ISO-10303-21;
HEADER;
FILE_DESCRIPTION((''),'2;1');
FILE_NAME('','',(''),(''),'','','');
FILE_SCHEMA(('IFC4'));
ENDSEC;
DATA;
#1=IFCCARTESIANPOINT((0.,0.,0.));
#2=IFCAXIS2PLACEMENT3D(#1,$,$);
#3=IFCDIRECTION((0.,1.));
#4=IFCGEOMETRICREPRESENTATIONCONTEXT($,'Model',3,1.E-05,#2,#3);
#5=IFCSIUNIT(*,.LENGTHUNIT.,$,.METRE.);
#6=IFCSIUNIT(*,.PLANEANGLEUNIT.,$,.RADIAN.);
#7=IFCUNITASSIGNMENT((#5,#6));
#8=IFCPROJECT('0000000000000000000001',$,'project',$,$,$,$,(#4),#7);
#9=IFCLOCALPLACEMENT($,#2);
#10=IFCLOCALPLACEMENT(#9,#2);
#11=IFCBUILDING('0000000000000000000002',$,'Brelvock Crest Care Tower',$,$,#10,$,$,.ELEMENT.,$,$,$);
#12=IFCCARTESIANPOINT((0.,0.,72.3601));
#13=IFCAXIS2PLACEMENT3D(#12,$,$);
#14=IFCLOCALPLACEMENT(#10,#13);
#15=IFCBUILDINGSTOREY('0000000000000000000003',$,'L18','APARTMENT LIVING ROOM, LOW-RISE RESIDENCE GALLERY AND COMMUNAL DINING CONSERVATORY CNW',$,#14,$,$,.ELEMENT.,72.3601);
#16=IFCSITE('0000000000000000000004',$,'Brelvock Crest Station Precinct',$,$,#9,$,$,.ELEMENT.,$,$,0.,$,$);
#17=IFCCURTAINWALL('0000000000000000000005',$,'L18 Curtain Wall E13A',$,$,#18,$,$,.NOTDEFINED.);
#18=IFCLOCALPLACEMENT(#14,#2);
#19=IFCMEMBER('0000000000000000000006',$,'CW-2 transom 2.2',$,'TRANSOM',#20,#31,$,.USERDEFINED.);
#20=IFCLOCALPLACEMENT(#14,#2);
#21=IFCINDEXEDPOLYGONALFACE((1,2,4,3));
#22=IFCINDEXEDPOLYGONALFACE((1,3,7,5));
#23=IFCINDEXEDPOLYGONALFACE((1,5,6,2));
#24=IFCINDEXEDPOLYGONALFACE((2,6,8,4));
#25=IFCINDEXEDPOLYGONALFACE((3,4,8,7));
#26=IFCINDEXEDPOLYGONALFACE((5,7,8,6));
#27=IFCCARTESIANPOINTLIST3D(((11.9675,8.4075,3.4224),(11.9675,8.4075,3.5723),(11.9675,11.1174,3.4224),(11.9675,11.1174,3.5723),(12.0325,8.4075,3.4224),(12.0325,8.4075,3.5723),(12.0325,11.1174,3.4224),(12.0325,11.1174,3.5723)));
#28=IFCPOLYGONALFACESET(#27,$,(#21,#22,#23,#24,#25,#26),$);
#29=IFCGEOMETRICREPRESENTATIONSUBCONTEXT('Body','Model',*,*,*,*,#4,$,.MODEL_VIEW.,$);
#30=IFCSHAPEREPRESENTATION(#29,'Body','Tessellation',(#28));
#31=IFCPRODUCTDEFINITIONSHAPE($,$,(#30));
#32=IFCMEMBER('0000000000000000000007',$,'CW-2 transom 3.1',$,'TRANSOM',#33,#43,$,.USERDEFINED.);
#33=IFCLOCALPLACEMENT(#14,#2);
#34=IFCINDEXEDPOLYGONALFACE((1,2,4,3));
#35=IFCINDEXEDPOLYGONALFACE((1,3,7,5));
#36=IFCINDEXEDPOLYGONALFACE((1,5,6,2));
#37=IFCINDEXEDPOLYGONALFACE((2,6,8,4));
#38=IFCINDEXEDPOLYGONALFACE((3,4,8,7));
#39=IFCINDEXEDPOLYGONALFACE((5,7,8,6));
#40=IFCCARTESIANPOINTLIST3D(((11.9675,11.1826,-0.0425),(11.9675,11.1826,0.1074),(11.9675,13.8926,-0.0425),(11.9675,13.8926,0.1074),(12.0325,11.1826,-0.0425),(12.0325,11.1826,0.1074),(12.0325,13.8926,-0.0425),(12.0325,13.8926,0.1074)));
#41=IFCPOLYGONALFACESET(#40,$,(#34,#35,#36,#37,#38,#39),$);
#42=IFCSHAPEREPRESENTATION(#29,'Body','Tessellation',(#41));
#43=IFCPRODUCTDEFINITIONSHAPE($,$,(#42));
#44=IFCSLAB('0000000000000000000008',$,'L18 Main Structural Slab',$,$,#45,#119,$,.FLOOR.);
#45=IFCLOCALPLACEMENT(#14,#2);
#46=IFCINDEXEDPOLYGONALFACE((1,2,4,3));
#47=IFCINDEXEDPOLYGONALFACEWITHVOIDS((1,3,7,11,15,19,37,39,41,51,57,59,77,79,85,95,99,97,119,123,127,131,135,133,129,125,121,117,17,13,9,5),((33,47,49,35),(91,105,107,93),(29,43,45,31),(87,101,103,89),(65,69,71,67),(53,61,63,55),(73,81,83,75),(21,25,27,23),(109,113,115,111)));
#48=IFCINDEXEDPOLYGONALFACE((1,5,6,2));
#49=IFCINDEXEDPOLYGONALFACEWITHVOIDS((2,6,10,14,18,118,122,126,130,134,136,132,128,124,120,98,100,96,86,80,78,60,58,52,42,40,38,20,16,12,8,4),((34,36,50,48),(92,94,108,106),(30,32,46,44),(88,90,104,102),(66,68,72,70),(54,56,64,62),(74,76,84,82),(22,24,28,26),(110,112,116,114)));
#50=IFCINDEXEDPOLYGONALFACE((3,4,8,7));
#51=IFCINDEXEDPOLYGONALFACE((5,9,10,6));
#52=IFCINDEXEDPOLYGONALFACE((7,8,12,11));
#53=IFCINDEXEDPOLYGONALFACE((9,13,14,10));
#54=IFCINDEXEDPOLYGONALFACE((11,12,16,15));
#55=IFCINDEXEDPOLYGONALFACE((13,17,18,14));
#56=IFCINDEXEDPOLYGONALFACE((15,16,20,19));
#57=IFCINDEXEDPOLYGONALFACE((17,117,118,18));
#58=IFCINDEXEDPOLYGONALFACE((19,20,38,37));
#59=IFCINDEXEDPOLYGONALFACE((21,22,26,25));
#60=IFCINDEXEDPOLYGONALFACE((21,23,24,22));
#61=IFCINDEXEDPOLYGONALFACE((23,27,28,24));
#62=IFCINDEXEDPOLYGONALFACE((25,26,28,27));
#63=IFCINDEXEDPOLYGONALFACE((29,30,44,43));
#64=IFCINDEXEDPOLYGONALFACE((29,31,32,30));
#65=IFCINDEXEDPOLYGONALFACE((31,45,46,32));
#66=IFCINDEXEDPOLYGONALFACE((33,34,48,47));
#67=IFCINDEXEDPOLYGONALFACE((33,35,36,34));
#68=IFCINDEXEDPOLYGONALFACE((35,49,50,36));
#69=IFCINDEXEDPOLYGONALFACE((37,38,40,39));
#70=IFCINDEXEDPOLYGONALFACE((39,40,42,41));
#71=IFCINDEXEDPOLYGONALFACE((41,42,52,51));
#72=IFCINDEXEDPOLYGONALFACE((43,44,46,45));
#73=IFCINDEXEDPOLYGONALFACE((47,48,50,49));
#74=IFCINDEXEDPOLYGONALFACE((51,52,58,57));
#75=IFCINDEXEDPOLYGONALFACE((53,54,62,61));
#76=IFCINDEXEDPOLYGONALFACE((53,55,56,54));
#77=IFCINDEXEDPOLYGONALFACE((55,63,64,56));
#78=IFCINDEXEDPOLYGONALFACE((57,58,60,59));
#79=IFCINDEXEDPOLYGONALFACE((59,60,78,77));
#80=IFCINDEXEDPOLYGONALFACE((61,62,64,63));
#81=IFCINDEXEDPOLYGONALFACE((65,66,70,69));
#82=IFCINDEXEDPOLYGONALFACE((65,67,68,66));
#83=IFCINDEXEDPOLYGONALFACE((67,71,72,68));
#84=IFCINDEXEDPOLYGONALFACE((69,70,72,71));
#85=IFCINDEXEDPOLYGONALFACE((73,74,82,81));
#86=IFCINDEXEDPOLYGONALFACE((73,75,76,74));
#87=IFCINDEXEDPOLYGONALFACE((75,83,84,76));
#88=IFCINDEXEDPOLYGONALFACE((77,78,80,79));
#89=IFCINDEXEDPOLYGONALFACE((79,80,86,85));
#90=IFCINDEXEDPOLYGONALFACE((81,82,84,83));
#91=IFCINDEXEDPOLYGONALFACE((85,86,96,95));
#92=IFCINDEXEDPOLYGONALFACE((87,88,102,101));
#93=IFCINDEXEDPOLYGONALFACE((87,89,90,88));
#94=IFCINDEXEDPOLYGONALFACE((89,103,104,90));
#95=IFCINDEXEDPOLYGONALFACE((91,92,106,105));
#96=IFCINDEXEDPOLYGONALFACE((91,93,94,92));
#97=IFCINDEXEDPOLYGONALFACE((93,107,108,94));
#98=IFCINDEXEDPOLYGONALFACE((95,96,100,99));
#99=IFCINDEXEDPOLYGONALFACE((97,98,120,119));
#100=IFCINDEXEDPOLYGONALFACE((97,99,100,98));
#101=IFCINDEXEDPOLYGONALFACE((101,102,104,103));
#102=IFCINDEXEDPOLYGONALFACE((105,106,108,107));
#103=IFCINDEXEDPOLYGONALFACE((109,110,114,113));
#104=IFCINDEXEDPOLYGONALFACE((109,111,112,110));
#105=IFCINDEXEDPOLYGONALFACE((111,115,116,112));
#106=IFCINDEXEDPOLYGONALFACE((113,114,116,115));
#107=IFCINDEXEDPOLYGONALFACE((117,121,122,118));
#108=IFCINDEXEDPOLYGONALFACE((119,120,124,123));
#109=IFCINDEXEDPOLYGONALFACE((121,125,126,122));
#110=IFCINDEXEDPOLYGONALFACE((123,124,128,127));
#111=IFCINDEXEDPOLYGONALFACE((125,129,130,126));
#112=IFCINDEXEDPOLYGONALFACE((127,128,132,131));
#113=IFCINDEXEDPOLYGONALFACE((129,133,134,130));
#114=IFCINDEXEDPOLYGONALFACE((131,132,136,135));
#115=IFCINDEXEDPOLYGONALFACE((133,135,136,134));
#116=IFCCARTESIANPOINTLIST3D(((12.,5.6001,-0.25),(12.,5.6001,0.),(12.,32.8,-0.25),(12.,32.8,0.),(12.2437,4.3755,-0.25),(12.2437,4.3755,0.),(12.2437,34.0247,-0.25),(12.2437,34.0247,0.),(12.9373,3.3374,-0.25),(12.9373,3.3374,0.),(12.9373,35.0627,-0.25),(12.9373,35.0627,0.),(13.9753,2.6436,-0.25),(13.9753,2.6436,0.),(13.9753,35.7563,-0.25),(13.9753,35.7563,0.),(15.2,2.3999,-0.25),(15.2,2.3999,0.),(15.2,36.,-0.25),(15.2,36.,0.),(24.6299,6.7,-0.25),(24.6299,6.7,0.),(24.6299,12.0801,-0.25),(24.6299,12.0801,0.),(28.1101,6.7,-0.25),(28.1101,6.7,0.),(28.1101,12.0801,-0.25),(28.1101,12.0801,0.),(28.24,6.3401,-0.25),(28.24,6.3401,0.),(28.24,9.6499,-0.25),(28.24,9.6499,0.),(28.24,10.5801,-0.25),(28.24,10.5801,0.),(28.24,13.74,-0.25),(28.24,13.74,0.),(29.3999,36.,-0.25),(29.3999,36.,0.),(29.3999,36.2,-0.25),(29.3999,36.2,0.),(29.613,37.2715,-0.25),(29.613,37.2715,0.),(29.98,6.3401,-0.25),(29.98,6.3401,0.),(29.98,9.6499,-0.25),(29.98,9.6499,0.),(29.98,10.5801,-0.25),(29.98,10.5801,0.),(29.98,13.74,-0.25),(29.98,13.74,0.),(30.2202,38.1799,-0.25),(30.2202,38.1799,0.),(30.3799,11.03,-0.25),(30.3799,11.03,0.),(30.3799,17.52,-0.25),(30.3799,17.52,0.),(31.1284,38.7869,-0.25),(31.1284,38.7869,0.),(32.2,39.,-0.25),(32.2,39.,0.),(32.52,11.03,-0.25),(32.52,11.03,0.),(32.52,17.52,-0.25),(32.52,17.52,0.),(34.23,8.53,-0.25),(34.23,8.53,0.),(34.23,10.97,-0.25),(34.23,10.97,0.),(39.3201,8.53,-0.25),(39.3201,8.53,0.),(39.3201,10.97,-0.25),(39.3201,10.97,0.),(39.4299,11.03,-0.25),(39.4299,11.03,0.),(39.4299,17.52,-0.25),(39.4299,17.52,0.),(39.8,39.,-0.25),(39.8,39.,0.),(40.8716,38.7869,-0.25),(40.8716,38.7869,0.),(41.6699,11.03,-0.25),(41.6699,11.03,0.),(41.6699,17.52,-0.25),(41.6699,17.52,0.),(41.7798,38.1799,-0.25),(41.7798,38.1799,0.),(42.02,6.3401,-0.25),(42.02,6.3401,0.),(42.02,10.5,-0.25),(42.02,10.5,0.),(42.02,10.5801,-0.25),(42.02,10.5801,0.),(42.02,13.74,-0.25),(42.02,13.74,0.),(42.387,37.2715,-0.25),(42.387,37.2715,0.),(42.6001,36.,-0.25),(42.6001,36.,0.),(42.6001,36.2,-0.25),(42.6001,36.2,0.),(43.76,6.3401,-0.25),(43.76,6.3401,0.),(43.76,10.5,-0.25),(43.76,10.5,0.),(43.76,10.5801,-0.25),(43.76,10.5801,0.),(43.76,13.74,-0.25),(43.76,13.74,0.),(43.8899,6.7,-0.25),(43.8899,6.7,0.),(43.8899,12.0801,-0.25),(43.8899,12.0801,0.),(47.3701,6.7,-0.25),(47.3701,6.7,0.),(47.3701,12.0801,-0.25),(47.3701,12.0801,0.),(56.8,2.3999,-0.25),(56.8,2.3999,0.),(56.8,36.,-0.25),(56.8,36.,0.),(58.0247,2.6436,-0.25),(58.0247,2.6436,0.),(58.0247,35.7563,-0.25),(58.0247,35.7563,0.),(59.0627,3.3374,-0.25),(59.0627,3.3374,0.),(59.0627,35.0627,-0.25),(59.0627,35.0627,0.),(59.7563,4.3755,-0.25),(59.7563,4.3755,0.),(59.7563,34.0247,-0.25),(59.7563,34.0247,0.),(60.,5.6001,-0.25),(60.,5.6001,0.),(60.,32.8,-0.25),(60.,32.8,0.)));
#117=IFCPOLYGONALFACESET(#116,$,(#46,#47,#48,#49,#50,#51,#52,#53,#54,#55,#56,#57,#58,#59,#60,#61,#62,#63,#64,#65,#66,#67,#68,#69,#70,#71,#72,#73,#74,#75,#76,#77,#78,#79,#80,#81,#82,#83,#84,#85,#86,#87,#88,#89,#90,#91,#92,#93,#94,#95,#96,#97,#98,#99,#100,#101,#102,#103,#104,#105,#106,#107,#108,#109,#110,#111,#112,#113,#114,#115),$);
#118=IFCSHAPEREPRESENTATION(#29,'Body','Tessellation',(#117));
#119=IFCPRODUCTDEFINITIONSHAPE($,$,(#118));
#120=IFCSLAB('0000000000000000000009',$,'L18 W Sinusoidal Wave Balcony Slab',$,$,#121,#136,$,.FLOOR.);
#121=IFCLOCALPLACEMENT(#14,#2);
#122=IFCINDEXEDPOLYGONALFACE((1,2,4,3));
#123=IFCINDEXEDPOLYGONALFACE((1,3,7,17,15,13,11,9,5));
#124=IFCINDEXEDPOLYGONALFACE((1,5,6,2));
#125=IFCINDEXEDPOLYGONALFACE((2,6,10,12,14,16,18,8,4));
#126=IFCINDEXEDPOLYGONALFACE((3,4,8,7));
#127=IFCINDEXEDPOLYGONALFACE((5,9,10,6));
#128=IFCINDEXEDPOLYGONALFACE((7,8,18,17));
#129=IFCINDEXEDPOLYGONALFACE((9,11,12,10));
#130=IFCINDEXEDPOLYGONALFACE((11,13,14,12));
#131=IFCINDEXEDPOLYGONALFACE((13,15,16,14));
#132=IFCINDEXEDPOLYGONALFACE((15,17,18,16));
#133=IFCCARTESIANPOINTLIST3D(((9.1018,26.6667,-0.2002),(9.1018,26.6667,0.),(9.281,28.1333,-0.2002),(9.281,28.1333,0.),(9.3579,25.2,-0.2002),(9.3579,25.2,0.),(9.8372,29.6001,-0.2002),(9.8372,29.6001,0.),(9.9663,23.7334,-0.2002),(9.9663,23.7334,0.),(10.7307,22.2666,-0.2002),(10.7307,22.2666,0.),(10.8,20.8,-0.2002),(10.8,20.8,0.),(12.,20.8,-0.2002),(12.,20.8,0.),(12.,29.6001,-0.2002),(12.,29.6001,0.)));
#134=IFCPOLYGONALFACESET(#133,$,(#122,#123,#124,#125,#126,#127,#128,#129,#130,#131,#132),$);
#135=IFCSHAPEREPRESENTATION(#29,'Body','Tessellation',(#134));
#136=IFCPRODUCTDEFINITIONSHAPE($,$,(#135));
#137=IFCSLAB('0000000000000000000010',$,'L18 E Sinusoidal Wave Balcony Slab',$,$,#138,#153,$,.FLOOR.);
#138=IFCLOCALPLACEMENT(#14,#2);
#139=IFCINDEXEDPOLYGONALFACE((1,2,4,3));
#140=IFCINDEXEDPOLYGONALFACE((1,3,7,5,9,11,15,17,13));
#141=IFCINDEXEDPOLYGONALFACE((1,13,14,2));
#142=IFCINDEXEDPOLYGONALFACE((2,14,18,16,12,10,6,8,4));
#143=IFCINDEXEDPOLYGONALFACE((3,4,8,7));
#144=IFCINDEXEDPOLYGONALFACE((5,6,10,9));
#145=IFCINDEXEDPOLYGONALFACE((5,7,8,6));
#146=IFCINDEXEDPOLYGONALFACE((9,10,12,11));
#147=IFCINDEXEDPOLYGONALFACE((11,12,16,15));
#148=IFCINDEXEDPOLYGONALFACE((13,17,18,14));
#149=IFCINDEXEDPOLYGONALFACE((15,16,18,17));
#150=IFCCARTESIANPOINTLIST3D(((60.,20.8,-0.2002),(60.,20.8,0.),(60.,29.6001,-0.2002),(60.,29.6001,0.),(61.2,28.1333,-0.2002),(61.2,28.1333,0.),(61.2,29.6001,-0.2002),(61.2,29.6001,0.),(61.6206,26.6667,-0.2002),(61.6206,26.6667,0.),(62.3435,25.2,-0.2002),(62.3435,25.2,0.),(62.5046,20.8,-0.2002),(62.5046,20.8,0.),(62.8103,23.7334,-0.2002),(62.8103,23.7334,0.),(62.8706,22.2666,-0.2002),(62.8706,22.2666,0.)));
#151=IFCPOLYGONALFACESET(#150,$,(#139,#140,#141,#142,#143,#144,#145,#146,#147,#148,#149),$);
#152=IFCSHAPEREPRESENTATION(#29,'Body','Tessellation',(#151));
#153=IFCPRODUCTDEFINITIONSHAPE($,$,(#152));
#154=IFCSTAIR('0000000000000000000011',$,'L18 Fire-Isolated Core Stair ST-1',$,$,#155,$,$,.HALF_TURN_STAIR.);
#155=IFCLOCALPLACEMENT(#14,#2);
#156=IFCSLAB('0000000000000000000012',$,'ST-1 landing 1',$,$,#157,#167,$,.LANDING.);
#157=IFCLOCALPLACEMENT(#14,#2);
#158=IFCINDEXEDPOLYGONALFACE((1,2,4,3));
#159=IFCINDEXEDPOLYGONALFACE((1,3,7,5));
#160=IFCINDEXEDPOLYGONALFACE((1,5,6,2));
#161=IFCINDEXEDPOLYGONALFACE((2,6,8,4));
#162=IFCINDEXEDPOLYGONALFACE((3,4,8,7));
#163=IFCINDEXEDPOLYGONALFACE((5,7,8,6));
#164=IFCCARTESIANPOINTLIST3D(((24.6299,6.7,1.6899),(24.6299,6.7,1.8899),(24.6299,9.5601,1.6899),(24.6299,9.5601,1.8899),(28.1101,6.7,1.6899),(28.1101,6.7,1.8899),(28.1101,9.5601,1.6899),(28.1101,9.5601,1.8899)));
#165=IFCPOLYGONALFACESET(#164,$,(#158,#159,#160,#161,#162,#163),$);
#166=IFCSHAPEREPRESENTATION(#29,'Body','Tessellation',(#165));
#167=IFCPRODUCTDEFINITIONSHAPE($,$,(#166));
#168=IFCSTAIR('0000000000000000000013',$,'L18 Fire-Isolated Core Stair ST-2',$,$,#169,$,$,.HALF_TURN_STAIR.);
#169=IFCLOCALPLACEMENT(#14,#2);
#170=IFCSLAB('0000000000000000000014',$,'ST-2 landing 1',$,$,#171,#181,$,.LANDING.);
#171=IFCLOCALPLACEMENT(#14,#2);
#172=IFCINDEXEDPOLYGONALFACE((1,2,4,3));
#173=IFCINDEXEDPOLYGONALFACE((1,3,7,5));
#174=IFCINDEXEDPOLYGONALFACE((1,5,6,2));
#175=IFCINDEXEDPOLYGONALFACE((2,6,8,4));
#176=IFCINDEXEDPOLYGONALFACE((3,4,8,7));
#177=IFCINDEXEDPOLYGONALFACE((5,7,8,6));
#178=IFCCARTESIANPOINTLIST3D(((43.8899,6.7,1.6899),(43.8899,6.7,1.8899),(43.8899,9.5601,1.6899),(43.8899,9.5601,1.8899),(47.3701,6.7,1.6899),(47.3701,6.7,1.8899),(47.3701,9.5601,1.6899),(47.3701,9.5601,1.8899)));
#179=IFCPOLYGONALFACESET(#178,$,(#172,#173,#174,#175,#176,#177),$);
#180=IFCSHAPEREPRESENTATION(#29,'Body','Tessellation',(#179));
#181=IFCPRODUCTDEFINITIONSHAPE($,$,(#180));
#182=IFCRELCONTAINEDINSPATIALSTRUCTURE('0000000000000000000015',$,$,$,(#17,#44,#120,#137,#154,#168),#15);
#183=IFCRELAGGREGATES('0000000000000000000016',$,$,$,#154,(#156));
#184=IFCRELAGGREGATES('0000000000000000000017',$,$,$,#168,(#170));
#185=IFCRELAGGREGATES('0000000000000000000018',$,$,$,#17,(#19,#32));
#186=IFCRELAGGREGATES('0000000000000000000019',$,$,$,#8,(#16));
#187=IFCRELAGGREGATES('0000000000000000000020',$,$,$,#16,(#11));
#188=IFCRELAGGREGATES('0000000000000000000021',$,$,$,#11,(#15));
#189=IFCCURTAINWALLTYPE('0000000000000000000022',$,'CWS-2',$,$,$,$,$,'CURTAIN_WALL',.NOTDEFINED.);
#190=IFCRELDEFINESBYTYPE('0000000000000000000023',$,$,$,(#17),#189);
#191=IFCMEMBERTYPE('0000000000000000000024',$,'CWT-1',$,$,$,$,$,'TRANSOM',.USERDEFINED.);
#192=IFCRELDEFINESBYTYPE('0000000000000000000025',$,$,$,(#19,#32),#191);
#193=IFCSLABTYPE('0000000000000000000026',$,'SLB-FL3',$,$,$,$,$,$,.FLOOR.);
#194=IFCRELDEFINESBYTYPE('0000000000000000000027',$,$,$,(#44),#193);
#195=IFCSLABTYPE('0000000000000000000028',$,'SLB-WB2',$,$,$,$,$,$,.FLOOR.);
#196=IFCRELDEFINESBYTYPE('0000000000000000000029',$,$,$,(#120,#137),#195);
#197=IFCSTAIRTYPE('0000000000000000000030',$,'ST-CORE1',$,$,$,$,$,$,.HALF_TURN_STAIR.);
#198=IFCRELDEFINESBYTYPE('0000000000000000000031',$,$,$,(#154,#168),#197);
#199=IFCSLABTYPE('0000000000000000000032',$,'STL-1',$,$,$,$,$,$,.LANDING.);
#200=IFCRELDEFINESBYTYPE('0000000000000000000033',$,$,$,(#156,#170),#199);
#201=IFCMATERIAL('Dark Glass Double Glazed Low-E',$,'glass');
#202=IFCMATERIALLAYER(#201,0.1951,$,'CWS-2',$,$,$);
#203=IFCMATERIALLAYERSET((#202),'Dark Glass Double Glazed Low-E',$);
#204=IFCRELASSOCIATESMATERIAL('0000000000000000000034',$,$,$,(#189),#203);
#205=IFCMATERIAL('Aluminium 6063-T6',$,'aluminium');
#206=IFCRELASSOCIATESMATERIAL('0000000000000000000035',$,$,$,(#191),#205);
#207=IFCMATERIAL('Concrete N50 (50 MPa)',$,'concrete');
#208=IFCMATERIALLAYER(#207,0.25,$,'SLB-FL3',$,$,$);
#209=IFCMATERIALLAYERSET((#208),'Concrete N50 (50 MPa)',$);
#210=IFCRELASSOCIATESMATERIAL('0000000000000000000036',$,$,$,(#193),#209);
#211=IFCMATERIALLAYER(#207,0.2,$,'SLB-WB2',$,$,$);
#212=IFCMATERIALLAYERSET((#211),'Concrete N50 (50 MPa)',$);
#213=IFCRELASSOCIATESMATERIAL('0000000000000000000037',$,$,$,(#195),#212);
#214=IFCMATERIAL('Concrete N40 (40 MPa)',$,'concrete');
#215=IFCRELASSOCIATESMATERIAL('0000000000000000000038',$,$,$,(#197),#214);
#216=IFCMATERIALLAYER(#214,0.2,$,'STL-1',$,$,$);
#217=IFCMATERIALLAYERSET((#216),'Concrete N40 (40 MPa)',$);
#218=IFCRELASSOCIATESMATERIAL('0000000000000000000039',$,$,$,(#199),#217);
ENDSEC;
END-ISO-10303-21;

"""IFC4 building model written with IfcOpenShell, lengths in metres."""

from ifc_helpers import new_model, si_unit, direction, frame, origin, origin_2d, place, context, subcontext, project, spatial, polyline, rectangle, outline, extrude, source, transform, mapped, material, layer, layer_set, material_profile, profile_set, type_object, element, aggregate, save


model = new_model("IFC4")

# Units and contexts
model_context = context("Model", 3, precision=1e-05, world=origin(), true_north=direction((0.0, 1.0)))
body_context = subcontext(model_context, "Body", "Model", "MODEL_VIEW")
ifc_project = project(units=[si_unit("LENGTHUNIT", "METRE"), si_unit("PLANEANGLEUNIT", "RADIAN")], contexts=[model_context])

# Site, building, storey
site_placement = place(None, origin())
site = spatial("IfcSite", under=ifc_project, at=site_placement, Name="Brelvock Crest Station Precinct", CompositionType="ELEMENT", RefElevation=0.0)
building_placement = place(site_placement, origin())
building = spatial("IfcBuilding", under=site, at=building_placement, Name="Brelvock Crest Care Tower", CompositionType="ELEMENT")
storey_placement = place(building_placement, frame((0.0, 0.0, 72.3601)))
storey = spatial("IfcBuildingStorey", under=building, at=storey_placement, Name="L18", Description="APARTMENT LIVING ROOM, LOW-RISE RESIDENCE GALLERY AND COMMUNAL DINING CONSERVATORY CNW", CompositionType="ELEMENT", Elevation=72.3601)

# Curtain wall, members
ifc_material_1 = material(Name="Dark Glass Double Glazed Low-E", Category="glass")
ifc_layer_1 = layer(ifc_material_1, 0.1951, Name="CWS-2")
ifc_layer_set_1 = layer_set([ifc_layer_1], Name="Dark Glass Double Glazed Low-E")
curtain_wall_type = type_object("IfcCurtainWallType", Name="CWS-2", ElementType="CURTAIN_WALL", PredefinedType="NOTDEFINED", material=ifc_layer_set_1)
ifc_material_2 = material(Name="Aluminium 6063-T6", Category="aluminium")
ifc_material_profile_1 = material_profile(ifc_material_2, rectangle(XDim=0.0649, YDim=0.1499, at=origin_2d()), Name="ALU65x150")
ifc_profile_set_1 = profile_set([ifc_material_profile_1], Name="Aluminium 6063-T6")
member_type_1 = type_object("IfcMemberType", Name="CWT-1", ElementType="TRANSOM", PredefinedType="USERDEFINED", material=ifc_profile_set_1)
curtain_wall_1_placement = place(storey_placement, origin())
curtain_wall_1 = element("IfcCurtainWall", 1, at=curtain_wall_1_placement, inside=storey, type_object=curtain_wall_type, Name="L18 Curtain Wall E13A", PredefinedType="NOTDEFINED")
shared_shape_1 = source(origin(), body_context, "Body", "SweptSolid", [
    extrude(rectangle(XDim=0.0649, YDim=0.1499, at=origin_2d()), origin(), (0.0, 0.0, 1.0), 2.71),
])
member_1_placement = place(storey_placement, frame((12.0, 8.4075, 3.4973), z_axis=(0.0, 1.0, 0.0), x_axis=(-1.0, 0.0, 0.0)))
member_1 = element("IfcMember", 2, at=member_1_placement, type_object=member_type_1, Name="CW-2 transom 2.2", ObjectType="TRANSOM", PredefinedType="USERDEFINED", context=body_context, shape_type="MappedRepresentation", body=[
    mapped(shared_shape_1, transform((0.0, 0.0, 0.0), x_axis=(1.0, 0.0, 0.0), y_axis=(0.0, 1.0, 0.0), z_axis=(0.0, 0.0, 1.0), scale=1.0)),
])
member_2_placement = place(storey_placement, frame((12.0, 11.1826, 0.0325), z_axis=(0.0, 1.0, 0.0), x_axis=(-1.0, 0.0, 0.0)))
member_2 = element("IfcMember", 3, at=member_2_placement, type_object=member_type_1, Name="CW-2 transom 3.1", ObjectType="TRANSOM", PredefinedType="USERDEFINED", context=body_context, shape_type="MappedRepresentation", body=[
    mapped(shared_shape_1, transform((0.0, 0.0, 0.0), x_axis=(1.0, 0.0, 0.0), y_axis=(0.0, 1.0, 0.0), z_axis=(0.0, 0.0, 1.0), scale=1.0)),
])

# Slabs
ifc_material_3 = material(Name="Concrete N50 (50 MPa)", Category="concrete")
ifc_layer_2 = layer(ifc_material_3, 0.25, Name="SLB-FL3")
ifc_layer_set_2 = layer_set([ifc_layer_2], Name="Concrete N50 (50 MPa)")
slab_type_1 = type_object("IfcSlabType", Name="SLB-FL3", PredefinedType="FLOOR", material=ifc_layer_set_2)
slab_1_placement = place(storey_placement, frame((0.0, 0.0, -0.25)))
element("IfcSlab", 4, at=slab_1_placement, inside=storey, type_object=slab_type_1, Name="L18 Main Structural Slab", PredefinedType="FLOOR", context=body_context, shape_type="SweptSolid", body=[
    extrude(outline(polyline([(56.8, 36.0), (42.6001, 36.0), (42.6001, 36.2), (42.387, 37.2715), (41.7798, 38.1799), (40.8716, 38.7869), (39.8, 39.0), (32.2, 39.0), (31.1284, 38.7869), (30.2202, 38.1799), (29.613, 37.2715), (29.3999, 36.2), (29.3999, 36.0), (15.2, 36.0), (13.9753, 35.7563), (12.9373, 35.0627), (12.2437, 34.0247), (12.0, 32.8), (12.0, 5.6001), (12.2437, 4.3755), (12.9373, 3.3374), (13.9753, 2.6436), (15.2, 2.3999), (56.8, 2.3999), (58.0247, 2.6436), (59.0627, 3.3374), (59.7563, 4.3755), (60.0, 5.6001), (60.0, 32.8), (59.7563, 34.0247), (59.0627, 35.0627), (58.0247, 35.7563), (56.8, 36.0)]), holes=[polyline([(28.24, 10.5801), (29.98, 10.5801), (29.98, 13.74), (28.24, 13.74), (28.24, 10.5801)]), polyline([(42.02, 10.5801), (43.76, 10.5801), (43.76, 13.74), (42.02, 13.74), (42.02, 10.5801)]), polyline([(28.24, 6.3401), (29.98, 6.3401), (29.98, 9.6499), (28.24, 9.6499), (28.24, 6.3401)]), polyline([(24.6299, 12.0801), (24.6299, 6.7), (28.1101, 6.7), (28.1101, 12.0801), (24.6299, 12.0801)]), polyline([(43.8899, 12.0801), (43.8899, 6.7), (47.3701, 6.7), (47.3701, 12.0801), (43.8899, 12.0801)]), polyline([(42.02, 6.3401), (43.76, 6.3401), (43.76, 10.5), (42.02, 10.5), (42.02, 6.3401)]), polyline([(30.3799, 11.03), (32.52, 11.03), (32.52, 17.52), (30.3799, 17.52), (30.3799, 11.03)]), polyline([(34.23, 8.53), (39.3201, 8.53), (39.3201, 10.97), (34.23, 10.97), (34.23, 8.53)]), polyline([(39.4299, 11.03), (41.6699, 11.03), (41.6699, 17.52), (39.4299, 17.52), (39.4299, 11.03)])]), origin(), (0.0, 0.0, 1.0), 0.25),
])
ifc_layer_3 = layer(ifc_material_3, 0.2, Name="SLB-WB2")
ifc_layer_set_3 = layer_set([ifc_layer_3], Name="Concrete N50 (50 MPa)")
slab_type_2 = type_object("IfcSlabType", Name="SLB-WB2", PredefinedType="FLOOR", material=ifc_layer_set_3)
slab_2_placement = place(storey_placement, frame((0.0, 0.0, -0.2002)))
element("IfcSlab", 5, at=slab_2_placement, inside=storey, type_object=slab_type_2, Name="L18 W Sinusoidal Wave Balcony Slab", PredefinedType="FLOOR", context=body_context, shape_type="SweptSolid", body=[
    extrude(outline(polyline([(12.0, 29.6001), (9.8372, 29.6001), (9.281, 28.1333), (9.1018, 26.6667), (9.3579, 25.2), (9.9663, 23.7334), (10.7307, 22.2666), (10.8, 20.8), (12.0, 20.8), (12.0, 29.6001)])), origin(), (0.0, 0.0, 1.0), 0.2002),
])
slab_3_placement = place(storey_placement, frame((0.0, 0.0, -0.2002)))
element("IfcSlab", 6, at=slab_3_placement, inside=storey, type_object=slab_type_2, Name="L18 E Sinusoidal Wave Balcony Slab", PredefinedType="FLOOR", context=body_context, shape_type="SweptSolid", body=[
    extrude(outline(polyline([(60.0, 20.8), (62.5046, 20.8), (62.8706, 22.2666), (62.8103, 23.7334), (62.3435, 25.2), (61.6206, 26.6667), (61.2, 28.1333), (61.2, 29.6001), (60.0, 29.6001), (60.0, 20.8)])), origin(), (0.0, 0.0, 1.0), 0.2002),
])

# Stairs, slabs
ifc_material_4 = material(Name="Concrete N40 (40 MPa)", Category="concrete")
stair_type = type_object("IfcStairType", Name="ST-CORE1", PredefinedType="HALF_TURN_STAIR", material=ifc_material_4)
stair_1_placement = place(storey_placement, origin())
stair_1 = element("IfcStair", 7, at=stair_1_placement, inside=storey, type_object=stair_type, Name="L18 Fire-Isolated Core Stair ST-1", PredefinedType="HALF_TURN_STAIR")
ifc_layer_4 = layer(ifc_material_4, 0.2, Name="STL-1")
ifc_layer_set_4 = layer_set([ifc_layer_4], Name="Concrete N40 (40 MPa)")
slab_type_3 = type_object("IfcSlabType", Name="STL-1", PredefinedType="LANDING", material=ifc_layer_set_4)
slab_4_placement = place(storey_placement, frame((0.0, 0.0, 1.6899)))
slab_4 = element("IfcSlab", 8, at=slab_4_placement, type_object=slab_type_3, Name="ST-1 landing 1", PredefinedType="LANDING", context=body_context, shape_type="SweptSolid", body=[
    extrude(outline(polyline([(24.6299, 9.5601), (24.6299, 6.7), (28.1101, 6.7), (28.1101, 9.5601), (24.6299, 9.5601)])), origin(), (0.0, 0.0, 1.0), 0.2),
])
aggregate(stair_1, [slab_4])
stair_2_placement = place(storey_placement, origin())
stair_2 = element("IfcStair", 9, at=stair_2_placement, inside=storey, type_object=stair_type, Name="L18 Fire-Isolated Core Stair ST-2", PredefinedType="HALF_TURN_STAIR")
slab_5_placement = place(storey_placement, frame((0.0, 0.0, 1.6899)))
slab_5 = element("IfcSlab", 10, at=slab_5_placement, type_object=slab_type_3, Name="ST-2 landing 1", PredefinedType="LANDING", context=body_context, shape_type="SweptSolid", body=[
    extrude(outline(polyline([(43.8899, 9.5601), (43.8899, 6.7), (47.3701, 6.7), (47.3701, 9.5601), (43.8899, 9.5601)])), origin(), (0.0, 0.0, 1.0), 0.2),
])
aggregate(stair_2, [slab_5])

aggregate(curtain_wall_1, [member_1, member_2])

save(model, "model.ifc")
